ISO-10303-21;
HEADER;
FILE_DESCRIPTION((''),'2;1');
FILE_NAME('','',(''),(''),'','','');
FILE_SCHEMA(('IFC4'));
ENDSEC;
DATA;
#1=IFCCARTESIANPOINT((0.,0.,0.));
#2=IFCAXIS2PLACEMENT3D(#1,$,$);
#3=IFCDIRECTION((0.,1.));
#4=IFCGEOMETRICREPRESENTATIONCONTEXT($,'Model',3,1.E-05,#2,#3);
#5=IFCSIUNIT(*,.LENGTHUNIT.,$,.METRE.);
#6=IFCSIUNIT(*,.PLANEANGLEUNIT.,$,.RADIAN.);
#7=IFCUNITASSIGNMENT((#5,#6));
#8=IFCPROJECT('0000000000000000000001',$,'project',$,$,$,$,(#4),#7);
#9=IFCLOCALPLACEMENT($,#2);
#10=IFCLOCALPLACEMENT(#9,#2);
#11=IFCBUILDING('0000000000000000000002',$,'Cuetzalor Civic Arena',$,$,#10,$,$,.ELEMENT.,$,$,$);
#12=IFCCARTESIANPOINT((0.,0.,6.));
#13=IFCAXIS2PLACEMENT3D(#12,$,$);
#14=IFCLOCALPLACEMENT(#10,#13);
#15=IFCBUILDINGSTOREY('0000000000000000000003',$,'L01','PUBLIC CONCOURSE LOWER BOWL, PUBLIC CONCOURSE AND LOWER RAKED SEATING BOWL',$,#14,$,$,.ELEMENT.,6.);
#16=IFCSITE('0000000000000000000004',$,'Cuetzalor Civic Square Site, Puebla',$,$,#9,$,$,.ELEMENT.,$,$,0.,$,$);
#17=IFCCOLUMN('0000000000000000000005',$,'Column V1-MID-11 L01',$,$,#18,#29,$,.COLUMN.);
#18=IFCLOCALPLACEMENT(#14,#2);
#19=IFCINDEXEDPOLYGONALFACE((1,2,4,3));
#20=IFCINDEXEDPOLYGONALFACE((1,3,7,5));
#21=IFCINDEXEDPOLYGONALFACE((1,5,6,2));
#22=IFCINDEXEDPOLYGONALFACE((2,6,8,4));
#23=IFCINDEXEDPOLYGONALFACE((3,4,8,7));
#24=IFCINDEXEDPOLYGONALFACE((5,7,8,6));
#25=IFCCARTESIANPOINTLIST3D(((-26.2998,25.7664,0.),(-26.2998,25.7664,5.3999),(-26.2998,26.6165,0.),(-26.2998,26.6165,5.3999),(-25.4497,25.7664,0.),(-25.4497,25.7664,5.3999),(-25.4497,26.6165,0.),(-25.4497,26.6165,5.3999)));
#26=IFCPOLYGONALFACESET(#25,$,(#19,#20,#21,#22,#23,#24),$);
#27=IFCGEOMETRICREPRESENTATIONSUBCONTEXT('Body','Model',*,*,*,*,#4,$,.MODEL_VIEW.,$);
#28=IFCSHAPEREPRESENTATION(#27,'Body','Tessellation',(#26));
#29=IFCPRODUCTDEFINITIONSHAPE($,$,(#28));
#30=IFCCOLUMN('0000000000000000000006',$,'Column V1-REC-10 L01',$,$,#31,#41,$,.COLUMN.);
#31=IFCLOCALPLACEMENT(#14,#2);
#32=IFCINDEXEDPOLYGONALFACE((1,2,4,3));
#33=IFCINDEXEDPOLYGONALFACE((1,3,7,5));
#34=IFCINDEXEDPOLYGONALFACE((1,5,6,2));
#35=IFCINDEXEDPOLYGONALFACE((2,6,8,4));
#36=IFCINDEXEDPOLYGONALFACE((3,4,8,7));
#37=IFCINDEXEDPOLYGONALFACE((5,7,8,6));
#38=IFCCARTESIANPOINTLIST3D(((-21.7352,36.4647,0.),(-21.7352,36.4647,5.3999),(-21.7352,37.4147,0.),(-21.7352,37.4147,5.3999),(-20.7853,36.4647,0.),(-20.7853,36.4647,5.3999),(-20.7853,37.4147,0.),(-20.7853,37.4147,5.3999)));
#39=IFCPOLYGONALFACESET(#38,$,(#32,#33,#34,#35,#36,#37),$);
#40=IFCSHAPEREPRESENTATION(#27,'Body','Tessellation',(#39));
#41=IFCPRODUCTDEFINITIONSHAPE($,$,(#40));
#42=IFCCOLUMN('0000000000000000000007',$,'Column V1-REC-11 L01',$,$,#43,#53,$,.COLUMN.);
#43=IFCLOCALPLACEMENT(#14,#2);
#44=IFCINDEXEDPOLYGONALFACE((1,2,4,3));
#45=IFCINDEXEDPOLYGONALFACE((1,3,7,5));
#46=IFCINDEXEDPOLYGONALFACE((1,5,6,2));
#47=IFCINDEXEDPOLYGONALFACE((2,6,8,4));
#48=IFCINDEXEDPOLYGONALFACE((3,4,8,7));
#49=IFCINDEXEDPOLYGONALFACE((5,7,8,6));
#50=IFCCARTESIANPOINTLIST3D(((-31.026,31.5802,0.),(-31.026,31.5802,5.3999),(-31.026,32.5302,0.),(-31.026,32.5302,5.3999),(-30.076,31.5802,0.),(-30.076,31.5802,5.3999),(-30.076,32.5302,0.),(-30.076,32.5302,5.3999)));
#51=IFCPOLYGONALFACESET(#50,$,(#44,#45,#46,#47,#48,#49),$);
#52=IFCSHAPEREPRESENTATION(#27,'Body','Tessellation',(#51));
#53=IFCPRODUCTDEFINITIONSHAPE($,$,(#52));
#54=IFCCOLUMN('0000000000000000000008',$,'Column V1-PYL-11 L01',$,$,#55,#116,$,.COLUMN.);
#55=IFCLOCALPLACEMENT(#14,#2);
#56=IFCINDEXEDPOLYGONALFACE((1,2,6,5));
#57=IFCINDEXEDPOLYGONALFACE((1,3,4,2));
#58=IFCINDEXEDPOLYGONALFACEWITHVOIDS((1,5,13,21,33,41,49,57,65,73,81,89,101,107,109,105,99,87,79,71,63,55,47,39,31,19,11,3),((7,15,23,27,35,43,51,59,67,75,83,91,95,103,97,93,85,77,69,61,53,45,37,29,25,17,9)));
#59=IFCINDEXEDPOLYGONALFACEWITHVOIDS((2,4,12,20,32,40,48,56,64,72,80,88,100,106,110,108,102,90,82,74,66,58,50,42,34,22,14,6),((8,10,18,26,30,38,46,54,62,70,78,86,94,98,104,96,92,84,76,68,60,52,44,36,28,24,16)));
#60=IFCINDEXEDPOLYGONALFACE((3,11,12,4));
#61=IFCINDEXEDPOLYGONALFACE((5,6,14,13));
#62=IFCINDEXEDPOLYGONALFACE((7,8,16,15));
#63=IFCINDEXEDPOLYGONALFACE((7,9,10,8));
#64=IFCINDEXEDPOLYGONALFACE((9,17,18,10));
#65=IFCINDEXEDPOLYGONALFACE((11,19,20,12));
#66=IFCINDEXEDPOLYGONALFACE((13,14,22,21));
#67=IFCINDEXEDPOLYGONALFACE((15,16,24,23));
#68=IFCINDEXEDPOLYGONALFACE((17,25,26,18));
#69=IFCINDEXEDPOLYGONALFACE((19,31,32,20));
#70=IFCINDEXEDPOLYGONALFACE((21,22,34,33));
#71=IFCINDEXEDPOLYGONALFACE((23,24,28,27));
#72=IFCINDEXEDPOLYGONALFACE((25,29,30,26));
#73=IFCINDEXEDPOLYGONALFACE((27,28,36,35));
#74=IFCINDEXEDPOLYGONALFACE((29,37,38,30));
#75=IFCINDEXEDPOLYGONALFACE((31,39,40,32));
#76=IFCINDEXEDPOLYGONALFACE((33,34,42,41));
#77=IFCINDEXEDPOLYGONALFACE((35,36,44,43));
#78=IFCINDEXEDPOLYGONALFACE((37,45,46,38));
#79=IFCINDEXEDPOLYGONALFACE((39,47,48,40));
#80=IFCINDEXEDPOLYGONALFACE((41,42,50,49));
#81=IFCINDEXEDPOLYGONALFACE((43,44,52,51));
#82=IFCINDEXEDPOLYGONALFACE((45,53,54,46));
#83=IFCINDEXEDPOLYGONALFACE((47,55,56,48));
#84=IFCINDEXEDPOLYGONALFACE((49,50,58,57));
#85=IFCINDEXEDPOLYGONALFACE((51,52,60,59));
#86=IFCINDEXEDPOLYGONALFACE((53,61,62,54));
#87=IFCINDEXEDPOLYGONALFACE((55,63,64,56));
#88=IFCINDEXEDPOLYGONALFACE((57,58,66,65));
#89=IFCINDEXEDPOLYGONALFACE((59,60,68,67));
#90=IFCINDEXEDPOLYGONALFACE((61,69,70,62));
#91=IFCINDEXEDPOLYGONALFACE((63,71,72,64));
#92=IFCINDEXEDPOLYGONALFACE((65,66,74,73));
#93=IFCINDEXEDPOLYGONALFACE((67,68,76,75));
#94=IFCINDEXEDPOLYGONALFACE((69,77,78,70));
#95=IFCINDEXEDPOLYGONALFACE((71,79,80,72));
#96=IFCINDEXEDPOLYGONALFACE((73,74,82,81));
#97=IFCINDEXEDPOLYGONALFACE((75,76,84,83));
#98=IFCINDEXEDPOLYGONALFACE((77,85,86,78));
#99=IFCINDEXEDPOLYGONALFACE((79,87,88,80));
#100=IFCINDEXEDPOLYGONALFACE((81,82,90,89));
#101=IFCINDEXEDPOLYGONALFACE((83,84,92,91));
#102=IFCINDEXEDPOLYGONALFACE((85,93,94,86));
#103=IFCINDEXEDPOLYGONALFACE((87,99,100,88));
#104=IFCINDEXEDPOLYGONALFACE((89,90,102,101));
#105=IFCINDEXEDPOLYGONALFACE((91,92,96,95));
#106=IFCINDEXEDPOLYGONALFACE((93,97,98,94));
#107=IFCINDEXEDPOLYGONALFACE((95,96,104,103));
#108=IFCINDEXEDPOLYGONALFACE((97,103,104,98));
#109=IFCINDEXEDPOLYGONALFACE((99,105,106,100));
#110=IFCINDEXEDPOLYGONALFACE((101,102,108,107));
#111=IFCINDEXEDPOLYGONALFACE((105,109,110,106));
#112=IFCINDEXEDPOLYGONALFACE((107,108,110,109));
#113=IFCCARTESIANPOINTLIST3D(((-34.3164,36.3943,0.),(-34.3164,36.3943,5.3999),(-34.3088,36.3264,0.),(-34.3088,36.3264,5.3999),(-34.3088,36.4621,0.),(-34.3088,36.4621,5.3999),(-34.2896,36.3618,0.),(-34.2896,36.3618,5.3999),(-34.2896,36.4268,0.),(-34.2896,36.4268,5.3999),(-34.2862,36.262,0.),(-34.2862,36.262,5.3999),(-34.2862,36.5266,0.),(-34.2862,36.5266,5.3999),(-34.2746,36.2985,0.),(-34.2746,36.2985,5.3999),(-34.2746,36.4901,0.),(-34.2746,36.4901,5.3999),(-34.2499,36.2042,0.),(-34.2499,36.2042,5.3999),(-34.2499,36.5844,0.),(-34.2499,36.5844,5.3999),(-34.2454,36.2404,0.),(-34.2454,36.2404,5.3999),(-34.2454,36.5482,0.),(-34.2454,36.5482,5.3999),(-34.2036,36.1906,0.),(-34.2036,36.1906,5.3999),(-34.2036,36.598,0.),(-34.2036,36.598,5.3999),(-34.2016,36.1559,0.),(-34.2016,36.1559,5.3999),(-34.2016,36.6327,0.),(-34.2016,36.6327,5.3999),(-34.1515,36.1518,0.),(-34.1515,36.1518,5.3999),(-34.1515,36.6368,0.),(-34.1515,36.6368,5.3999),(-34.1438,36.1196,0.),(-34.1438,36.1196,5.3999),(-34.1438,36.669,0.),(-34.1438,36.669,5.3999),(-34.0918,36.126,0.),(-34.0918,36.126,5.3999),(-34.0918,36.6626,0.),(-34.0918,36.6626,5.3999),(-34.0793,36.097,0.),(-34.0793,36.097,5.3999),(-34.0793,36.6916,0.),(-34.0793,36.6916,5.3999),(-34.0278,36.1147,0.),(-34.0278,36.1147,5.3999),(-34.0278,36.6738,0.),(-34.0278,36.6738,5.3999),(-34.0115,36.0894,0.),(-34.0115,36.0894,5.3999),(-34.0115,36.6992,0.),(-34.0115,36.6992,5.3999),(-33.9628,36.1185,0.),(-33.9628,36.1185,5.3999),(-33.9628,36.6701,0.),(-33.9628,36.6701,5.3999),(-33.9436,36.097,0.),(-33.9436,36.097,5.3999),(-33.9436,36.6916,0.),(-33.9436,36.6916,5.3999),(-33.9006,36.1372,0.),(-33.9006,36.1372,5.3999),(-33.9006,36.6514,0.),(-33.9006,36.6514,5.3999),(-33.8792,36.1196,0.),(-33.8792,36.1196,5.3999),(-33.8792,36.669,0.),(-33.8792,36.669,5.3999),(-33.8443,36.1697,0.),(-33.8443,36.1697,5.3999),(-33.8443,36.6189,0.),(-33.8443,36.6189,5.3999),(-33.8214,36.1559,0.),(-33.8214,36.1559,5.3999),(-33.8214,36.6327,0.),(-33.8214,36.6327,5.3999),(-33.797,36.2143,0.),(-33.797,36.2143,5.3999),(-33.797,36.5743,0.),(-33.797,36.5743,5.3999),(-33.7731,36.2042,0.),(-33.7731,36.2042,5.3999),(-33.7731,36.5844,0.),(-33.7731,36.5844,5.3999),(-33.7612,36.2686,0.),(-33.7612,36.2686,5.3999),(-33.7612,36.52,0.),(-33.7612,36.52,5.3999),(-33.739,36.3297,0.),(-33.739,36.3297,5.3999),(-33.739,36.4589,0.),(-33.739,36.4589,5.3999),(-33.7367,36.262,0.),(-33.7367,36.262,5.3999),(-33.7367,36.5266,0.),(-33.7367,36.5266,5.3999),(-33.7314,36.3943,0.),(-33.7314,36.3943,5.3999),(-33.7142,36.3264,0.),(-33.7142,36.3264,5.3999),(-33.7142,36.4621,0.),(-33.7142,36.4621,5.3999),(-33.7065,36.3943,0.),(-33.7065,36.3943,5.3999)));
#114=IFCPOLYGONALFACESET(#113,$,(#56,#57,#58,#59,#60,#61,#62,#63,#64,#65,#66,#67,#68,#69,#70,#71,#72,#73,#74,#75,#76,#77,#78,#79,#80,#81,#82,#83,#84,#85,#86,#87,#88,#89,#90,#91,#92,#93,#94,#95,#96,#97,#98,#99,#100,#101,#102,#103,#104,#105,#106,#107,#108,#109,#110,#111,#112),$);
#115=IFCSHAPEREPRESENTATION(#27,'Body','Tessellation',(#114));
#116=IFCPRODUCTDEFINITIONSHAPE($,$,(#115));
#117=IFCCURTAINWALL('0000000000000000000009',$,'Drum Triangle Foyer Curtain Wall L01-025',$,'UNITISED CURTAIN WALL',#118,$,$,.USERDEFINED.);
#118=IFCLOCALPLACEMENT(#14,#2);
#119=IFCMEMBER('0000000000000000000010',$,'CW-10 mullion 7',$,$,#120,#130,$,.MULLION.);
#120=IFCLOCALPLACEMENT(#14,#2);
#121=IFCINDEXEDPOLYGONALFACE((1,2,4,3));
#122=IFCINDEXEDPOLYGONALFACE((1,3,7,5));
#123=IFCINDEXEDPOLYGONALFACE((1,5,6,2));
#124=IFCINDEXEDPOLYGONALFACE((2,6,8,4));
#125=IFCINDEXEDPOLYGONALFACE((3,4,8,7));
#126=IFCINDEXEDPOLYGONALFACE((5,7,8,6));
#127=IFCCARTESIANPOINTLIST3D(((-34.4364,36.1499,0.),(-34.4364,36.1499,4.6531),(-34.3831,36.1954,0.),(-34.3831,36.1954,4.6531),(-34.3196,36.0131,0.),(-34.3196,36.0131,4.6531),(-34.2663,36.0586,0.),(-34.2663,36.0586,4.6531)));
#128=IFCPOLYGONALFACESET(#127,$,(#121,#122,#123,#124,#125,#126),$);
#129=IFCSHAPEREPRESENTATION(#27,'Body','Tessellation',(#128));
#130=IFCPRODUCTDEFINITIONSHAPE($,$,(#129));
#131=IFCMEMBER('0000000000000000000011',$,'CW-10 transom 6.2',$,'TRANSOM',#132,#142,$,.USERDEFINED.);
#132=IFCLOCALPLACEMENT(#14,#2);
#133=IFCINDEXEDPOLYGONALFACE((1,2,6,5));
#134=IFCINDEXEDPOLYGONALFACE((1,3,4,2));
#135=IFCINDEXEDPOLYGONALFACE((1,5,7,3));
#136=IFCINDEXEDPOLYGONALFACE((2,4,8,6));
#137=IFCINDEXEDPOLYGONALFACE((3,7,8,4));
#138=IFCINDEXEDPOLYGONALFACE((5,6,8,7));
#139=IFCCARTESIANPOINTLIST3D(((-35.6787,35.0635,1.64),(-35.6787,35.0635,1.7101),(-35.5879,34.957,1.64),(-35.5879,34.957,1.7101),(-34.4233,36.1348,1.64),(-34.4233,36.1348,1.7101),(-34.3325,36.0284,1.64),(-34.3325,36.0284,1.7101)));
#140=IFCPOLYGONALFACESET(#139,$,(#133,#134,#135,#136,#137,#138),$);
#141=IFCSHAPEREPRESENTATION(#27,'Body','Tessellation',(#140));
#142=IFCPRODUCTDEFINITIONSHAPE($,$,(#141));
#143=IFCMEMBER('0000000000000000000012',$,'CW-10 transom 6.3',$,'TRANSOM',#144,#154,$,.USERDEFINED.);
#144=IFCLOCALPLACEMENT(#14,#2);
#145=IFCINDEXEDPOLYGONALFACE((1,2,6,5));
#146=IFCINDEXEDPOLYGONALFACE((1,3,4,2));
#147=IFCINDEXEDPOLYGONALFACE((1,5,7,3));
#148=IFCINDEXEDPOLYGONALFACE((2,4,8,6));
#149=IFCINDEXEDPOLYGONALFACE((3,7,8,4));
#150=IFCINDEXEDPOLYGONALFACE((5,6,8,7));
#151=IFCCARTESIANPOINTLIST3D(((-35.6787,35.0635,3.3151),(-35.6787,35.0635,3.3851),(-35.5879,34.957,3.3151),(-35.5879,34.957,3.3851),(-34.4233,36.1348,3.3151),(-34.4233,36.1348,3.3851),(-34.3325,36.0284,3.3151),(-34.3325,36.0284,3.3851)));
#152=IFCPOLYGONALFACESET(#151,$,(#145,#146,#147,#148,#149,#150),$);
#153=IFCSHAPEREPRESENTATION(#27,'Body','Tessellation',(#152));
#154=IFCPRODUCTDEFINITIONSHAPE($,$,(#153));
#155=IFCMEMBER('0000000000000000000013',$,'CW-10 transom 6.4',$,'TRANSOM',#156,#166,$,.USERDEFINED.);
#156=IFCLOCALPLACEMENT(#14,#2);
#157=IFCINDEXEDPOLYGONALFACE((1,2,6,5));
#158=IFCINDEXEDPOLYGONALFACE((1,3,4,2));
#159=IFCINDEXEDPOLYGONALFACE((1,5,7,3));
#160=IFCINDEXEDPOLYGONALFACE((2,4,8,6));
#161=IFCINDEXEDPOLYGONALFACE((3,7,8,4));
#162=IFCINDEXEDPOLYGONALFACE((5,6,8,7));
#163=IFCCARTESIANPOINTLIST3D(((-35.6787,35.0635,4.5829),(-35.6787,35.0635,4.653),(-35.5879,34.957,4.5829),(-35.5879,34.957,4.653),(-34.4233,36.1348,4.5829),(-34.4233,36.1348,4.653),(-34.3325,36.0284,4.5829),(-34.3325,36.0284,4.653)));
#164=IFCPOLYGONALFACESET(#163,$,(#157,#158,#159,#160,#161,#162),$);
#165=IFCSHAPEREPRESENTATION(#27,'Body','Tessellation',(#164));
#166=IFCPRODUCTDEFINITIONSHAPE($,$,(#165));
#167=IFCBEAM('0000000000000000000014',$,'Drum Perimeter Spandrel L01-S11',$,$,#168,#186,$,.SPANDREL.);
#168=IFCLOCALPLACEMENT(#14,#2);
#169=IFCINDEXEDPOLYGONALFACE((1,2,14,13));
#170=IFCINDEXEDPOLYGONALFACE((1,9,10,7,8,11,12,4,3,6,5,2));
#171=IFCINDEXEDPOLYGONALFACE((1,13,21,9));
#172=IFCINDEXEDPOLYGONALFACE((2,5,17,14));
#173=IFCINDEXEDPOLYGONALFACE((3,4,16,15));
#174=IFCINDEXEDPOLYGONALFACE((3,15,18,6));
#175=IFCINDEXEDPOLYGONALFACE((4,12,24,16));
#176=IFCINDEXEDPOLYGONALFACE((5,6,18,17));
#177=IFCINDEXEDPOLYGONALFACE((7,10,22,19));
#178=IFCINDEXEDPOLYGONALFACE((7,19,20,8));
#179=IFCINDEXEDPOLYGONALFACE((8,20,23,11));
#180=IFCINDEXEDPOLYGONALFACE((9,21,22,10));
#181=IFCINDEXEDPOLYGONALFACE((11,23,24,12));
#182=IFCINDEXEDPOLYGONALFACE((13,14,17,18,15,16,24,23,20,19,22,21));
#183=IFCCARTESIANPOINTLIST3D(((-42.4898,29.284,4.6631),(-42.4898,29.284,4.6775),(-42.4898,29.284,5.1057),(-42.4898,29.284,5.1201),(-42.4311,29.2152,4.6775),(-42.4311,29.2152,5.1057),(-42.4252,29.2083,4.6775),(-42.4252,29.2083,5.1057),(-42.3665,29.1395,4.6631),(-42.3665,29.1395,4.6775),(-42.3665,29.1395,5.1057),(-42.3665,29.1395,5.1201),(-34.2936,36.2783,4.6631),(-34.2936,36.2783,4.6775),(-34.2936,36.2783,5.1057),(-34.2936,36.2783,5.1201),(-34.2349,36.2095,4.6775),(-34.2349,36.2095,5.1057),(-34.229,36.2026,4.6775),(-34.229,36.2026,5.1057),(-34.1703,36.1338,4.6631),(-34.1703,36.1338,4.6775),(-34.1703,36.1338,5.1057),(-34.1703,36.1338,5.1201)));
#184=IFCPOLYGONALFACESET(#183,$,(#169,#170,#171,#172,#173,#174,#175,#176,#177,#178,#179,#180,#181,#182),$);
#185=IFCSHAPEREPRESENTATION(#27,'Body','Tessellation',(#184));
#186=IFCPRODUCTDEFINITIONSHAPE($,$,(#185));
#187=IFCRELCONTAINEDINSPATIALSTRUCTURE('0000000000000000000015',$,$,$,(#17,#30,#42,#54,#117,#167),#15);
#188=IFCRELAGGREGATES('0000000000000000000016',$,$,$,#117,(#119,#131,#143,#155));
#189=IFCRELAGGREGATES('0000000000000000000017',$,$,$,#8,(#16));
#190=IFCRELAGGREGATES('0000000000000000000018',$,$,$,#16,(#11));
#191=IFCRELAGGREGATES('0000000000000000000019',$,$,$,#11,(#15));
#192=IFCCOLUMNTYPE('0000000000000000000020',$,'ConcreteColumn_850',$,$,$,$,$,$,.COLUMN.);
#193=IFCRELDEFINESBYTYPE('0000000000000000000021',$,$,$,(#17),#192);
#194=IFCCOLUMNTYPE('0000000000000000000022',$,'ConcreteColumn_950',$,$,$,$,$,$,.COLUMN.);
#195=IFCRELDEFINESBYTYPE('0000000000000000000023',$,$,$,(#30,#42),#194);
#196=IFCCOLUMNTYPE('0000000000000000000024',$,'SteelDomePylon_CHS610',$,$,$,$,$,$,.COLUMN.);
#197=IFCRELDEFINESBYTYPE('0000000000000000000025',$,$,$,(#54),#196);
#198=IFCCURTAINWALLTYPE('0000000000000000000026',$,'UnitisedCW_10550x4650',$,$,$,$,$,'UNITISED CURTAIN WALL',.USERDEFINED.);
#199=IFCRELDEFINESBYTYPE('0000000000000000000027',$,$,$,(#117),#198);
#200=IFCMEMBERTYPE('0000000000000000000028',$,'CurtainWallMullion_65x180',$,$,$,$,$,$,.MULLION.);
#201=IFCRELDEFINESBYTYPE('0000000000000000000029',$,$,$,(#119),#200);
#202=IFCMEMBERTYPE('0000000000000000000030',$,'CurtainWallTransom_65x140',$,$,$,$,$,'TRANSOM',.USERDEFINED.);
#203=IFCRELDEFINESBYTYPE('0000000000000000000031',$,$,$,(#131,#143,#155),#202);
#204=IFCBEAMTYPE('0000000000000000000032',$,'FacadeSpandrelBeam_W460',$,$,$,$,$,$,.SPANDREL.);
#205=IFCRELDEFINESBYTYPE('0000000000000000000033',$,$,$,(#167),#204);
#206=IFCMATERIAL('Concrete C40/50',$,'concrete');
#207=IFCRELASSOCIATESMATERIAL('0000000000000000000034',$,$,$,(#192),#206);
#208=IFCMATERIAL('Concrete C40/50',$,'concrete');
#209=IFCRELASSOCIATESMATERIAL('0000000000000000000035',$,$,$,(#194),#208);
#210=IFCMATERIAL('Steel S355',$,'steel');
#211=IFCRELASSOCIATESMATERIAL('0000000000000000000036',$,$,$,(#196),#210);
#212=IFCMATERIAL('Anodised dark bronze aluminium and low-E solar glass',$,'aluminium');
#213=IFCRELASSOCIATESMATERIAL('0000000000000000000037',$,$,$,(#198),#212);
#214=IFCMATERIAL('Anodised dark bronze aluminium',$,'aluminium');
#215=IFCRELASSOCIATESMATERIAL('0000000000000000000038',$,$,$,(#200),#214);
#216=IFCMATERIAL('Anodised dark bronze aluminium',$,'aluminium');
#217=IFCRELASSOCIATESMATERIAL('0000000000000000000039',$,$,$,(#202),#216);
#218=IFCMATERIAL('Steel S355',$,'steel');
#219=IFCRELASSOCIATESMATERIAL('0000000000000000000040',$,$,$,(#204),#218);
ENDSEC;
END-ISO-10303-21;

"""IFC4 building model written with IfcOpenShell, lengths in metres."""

from ifc_helpers import new_model, si_unit, direction, frame, origin, origin_2d, place, context, subcontext, project, spatial, rectangle, hollow_circle, i_section, extrude, material, material_profile, profile_set, type_object, element, aggregate, save


model = new_model("IFC4")

# Units and contexts
model_context = context("Model", 3, precision=1e-05, world=origin(), true_north=direction((0.0, 1.0)))
body_context = subcontext(model_context, "Body", "Model", "MODEL_VIEW")
ifc_project = project(units=[si_unit("LENGTHUNIT", "METRE"), si_unit("PLANEANGLEUNIT", "RADIAN")], contexts=[model_context])

# Site, building, storey
site_placement = place(None, origin())
site = spatial("IfcSite", under=ifc_project, at=site_placement, Name="Cuetzalor Civic Square Site, Puebla", CompositionType="ELEMENT", RefElevation=0.0)
building_placement = place(site_placement, origin())
building = spatial("IfcBuilding", under=site, at=building_placement, Name="Cuetzalor Civic Arena", CompositionType="ELEMENT")
storey_placement = place(building_placement, frame((0.0, 0.0, 6.0)))
storey = spatial("IfcBuildingStorey", under=building, at=storey_placement, Name="L01", Description="PUBLIC CONCOURSE LOWER BOWL, PUBLIC CONCOURSE AND LOWER RAKED SEATING BOWL", CompositionType="ELEMENT", Elevation=6.0)

# Columns
ifc_material_1 = material(Name="Concrete C40/50", Category="concrete")
ifc_material_profile_1 = material_profile(ifc_material_1, rectangle(XDim=0.8501, YDim=0.8501, at=origin_2d()), Name="RC 850x850")
ifc_profile_set_1 = profile_set([ifc_material_profile_1], Name="Concrete C40/50")
column_type_1 = type_object("IfcColumnType", Name="ConcreteColumn_850", PredefinedType="COLUMN", material=ifc_profile_set_1)
column_1_placement = place(storey_placement, frame((-25.8748, 26.1914, 0.0), z_axis=(0.0, 0.0, 1.0), x_axis=(1.0, 0.0, 0.0)))
element("IfcColumn", 1, at=column_1_placement, inside=storey, type_object=column_type_1, Name="Column V1-MID-11 L01", PredefinedType="COLUMN", context=body_context, shape_type="SweptSolid", body=[
    extrude(rectangle(XDim=0.8501, YDim=0.8501, at=origin_2d()), origin(), (0.0, 0.0, 1.0), 5.3999),
])
ifc_material_2 = material(Name="Concrete C40/50", Category="concrete")
ifc_material_profile_2 = material_profile(ifc_material_2, rectangle(XDim=0.95, YDim=0.95, at=origin_2d()), Name="RC 950x950")
ifc_profile_set_2 = profile_set([ifc_material_profile_2], Name="Concrete C40/50")
column_type_2 = type_object("IfcColumnType", Name="ConcreteColumn_950", PredefinedType="COLUMN", material=ifc_profile_set_2)
for number, where, z_axis, x_axis, name in (
    (2, (-21.2603, 36.9397, 0.0), (0.0, 0.0, 1.0), (1.0, 0.0, 0.0), "Column V1-REC-10 L01"),
    (3, (-30.551, 32.0552, 0.0), (0.0, 0.0, 1.0), (1.0, 0.0, 0.0), "Column V1-REC-11 L01"),
):
    element("IfcColumn", number, at=place(storey_placement, frame(where, z_axis=z_axis, x_axis=x_axis)), inside=storey, type_object=column_type_2, Name=name, PredefinedType="COLUMN", context=body_context, shape_type="SweptSolid", body=[
        extrude(rectangle(XDim=0.95, YDim=0.95, at=origin_2d()), origin(), (0.0, 0.0, 1.0), 5.3999),
    ])
ifc_material_3 = material(Name="Steel S355", Category="steel")
ifc_material_profile_3 = material_profile(ifc_material_3, hollow_circle(Radius=0.3049, WallThickness=0.0249, at=origin_2d()), Name="CHS 610x25")
ifc_profile_set_3 = profile_set([ifc_material_profile_3], Name="Steel S355")
column_type_3 = type_object("IfcColumnType", Name="SteelDomePylon_CHS610", PredefinedType="COLUMN", material=ifc_profile_set_3)
column_2_placement = place(storey_placement, frame((-34.0115, 36.3943, 0.0), z_axis=(0.0, 0.0, 1.0), x_axis=(1.0, 0.0, 0.0)))
element("IfcColumn", 4, at=column_2_placement, inside=storey, type_object=column_type_3, Name="Column V1-PYL-11 L01", PredefinedType="COLUMN", context=body_context, shape_type="SweptSolid", body=[
    extrude(hollow_circle(Radius=0.3049, WallThickness=0.0249, at=origin_2d()), origin(), (0.0, 0.0, 1.0), 5.3999),
])

# Curtain wall, members
ifc_material_4 = material(Name="Anodised dark bronze aluminium and low-E solar glass", Category="aluminium")
curtain_wall_type = type_object("IfcCurtainWallType", Name="UnitisedCW_10550x4650", ElementType="UNITISED CURTAIN WALL", PredefinedType="USERDEFINED", material=ifc_material_4)
curtain_wall_placement = place(storey_placement, origin())
curtain_wall = element("IfcCurtainWall", 5, at=curtain_wall_placement, inside=storey, type_object=curtain_wall_type, Name="Drum Triangle Foyer Curtain Wall L01-025", ObjectType="UNITISED CURTAIN WALL", PredefinedType="USERDEFINED")
ifc_material_5 = material(Name="Anodised dark bronze aluminium", Category="aluminium")
ifc_material_profile_4 = material_profile(ifc_material_5, rectangle(XDim=0.0701, YDim=0.1799, at=origin_2d()), Name="ALU MULLION 70x180")
ifc_profile_set_4 = profile_set([ifc_material_profile_4], Name="Anodised dark bronze aluminium")
member_type_1 = type_object("IfcMemberType", Name="CurtainWallMullion_65x180", PredefinedType="MULLION", material=ifc_profile_set_4)
member_1_placement = place(storey_placement, frame((-34.3513, 36.1042, 0.0), z_axis=(0.0, 0.0, 1.0), x_axis=(0.760677, 0.64913, 0.0)))
member_1 = element("IfcMember", 6, at=member_1_placement, type_object=member_type_1, Name="CW-10 mullion 7", PredefinedType="MULLION", context=body_context, shape_type="SweptSolid", body=[
    extrude(rectangle(XDim=0.0701, YDim=0.1799, at=origin_2d()), origin(), (0.0, 0.0, 1.0), 4.6531),
])
ifc_material_6 = material(Name="Anodised dark bronze aluminium", Category="aluminium")
ifc_material_profile_5 = material_profile(ifc_material_6, rectangle(XDim=0.1399, YDim=0.0701, at=origin_2d()), Name="ALU TRANSOM 70x140")
ifc_profile_set_5 = profile_set([ifc_material_profile_5], Name="Anodised dark bronze aluminium")
member_type_2 = type_object("IfcMemberType", Name="CurtainWallTransom_65x140", ElementType="TRANSOM", PredefinedType="USERDEFINED", material=ifc_profile_set_5)
member_2_placement = place(storey_placement, frame((-35.6333, 35.0103, 1.675), z_axis=(0.760675, 0.649133, 0.0), x_axis=(-0.649133, 0.760675, 0.0)))
member_2 = element("IfcMember", 7, at=member_2_placement, type_object=member_type_2, Name="CW-10 transom 6.2", ObjectType="TRANSOM", PredefinedType="USERDEFINED", context=body_context, shape_type="SweptSolid", body=[
    extrude(rectangle(XDim=0.1399, YDim=0.0701, at=origin_2d()), origin(), (0.0, 0.0, 1.0), 1.6504),
])
member_3_placement = place(storey_placement, frame((-35.6333, 35.0103, 3.3501), z_axis=(0.760675, 0.649133, 0.0), x_axis=(-0.649133, 0.760675, 0.0)))
member_3 = element("IfcMember", 8, at=member_3_placement, type_object=member_type_2, Name="CW-10 transom 6.3", ObjectType="TRANSOM", PredefinedType="USERDEFINED", context=body_context, shape_type="SweptSolid", body=[
    extrude(rectangle(XDim=0.1399, YDim=0.0701, at=origin_2d()), origin(), (0.0, 0.0, 1.0), 1.6504),
])
member_4_placement = place(storey_placement, frame((-35.6333, 35.0103, 4.6179), z_axis=(0.760675, 0.649133, 0.0), x_axis=(-0.649133, 0.760675, 0.0)))
member_4 = element("IfcMember", 9, at=member_4_placement, type_object=member_type_2, Name="CW-10 transom 6.4", ObjectType="TRANSOM", PredefinedType="USERDEFINED", context=body_context, shape_type="SweptSolid", body=[
    extrude(rectangle(XDim=0.1399, YDim=0.0701, at=origin_2d()), origin(), (0.0, 0.0, 1.0), 1.6504),
])

# Beam
ifc_material_7 = material(Name="Steel S355", Category="steel")
ifc_material_profile_6 = material_profile(ifc_material_7, i_section(OverallWidth=0.1899, OverallDepth=0.457, WebThickness=0.009, FlangeThickness=0.0144, at=origin_2d()), Name="W460x74")
ifc_profile_set_6 = profile_set([ifc_material_profile_6], Name="Steel S355")
beam_type_1 = type_object("IfcBeamType", Name="FacadeSpandrelBeam_W460", PredefinedType="SPANDREL", material=ifc_profile_set_6)
beam_1_placement = place(storey_placement, frame((-34.2319, 36.2061, 4.8916), z_axis=(-0.760677, -0.649131, 0.0), x_axis=(0.649131, -0.760677, 0.0)))
element("IfcBeam", 10, at=beam_1_placement, inside=storey, type_object=beam_type_1, Name="Drum Perimeter Spandrel L01-S11", PredefinedType="SPANDREL", context=body_context, shape_type="SweptSolid", body=[
    extrude(i_section(OverallWidth=0.1899, OverallDepth=0.457, WebThickness=0.009, FlangeThickness=0.0144, at=origin_2d()), origin(), (0.0, 0.0, 1.0), 10.7749),
])

aggregate(curtain_wall, [member_1, member_2, member_3, member_4])

save(model, "model.ifc")
